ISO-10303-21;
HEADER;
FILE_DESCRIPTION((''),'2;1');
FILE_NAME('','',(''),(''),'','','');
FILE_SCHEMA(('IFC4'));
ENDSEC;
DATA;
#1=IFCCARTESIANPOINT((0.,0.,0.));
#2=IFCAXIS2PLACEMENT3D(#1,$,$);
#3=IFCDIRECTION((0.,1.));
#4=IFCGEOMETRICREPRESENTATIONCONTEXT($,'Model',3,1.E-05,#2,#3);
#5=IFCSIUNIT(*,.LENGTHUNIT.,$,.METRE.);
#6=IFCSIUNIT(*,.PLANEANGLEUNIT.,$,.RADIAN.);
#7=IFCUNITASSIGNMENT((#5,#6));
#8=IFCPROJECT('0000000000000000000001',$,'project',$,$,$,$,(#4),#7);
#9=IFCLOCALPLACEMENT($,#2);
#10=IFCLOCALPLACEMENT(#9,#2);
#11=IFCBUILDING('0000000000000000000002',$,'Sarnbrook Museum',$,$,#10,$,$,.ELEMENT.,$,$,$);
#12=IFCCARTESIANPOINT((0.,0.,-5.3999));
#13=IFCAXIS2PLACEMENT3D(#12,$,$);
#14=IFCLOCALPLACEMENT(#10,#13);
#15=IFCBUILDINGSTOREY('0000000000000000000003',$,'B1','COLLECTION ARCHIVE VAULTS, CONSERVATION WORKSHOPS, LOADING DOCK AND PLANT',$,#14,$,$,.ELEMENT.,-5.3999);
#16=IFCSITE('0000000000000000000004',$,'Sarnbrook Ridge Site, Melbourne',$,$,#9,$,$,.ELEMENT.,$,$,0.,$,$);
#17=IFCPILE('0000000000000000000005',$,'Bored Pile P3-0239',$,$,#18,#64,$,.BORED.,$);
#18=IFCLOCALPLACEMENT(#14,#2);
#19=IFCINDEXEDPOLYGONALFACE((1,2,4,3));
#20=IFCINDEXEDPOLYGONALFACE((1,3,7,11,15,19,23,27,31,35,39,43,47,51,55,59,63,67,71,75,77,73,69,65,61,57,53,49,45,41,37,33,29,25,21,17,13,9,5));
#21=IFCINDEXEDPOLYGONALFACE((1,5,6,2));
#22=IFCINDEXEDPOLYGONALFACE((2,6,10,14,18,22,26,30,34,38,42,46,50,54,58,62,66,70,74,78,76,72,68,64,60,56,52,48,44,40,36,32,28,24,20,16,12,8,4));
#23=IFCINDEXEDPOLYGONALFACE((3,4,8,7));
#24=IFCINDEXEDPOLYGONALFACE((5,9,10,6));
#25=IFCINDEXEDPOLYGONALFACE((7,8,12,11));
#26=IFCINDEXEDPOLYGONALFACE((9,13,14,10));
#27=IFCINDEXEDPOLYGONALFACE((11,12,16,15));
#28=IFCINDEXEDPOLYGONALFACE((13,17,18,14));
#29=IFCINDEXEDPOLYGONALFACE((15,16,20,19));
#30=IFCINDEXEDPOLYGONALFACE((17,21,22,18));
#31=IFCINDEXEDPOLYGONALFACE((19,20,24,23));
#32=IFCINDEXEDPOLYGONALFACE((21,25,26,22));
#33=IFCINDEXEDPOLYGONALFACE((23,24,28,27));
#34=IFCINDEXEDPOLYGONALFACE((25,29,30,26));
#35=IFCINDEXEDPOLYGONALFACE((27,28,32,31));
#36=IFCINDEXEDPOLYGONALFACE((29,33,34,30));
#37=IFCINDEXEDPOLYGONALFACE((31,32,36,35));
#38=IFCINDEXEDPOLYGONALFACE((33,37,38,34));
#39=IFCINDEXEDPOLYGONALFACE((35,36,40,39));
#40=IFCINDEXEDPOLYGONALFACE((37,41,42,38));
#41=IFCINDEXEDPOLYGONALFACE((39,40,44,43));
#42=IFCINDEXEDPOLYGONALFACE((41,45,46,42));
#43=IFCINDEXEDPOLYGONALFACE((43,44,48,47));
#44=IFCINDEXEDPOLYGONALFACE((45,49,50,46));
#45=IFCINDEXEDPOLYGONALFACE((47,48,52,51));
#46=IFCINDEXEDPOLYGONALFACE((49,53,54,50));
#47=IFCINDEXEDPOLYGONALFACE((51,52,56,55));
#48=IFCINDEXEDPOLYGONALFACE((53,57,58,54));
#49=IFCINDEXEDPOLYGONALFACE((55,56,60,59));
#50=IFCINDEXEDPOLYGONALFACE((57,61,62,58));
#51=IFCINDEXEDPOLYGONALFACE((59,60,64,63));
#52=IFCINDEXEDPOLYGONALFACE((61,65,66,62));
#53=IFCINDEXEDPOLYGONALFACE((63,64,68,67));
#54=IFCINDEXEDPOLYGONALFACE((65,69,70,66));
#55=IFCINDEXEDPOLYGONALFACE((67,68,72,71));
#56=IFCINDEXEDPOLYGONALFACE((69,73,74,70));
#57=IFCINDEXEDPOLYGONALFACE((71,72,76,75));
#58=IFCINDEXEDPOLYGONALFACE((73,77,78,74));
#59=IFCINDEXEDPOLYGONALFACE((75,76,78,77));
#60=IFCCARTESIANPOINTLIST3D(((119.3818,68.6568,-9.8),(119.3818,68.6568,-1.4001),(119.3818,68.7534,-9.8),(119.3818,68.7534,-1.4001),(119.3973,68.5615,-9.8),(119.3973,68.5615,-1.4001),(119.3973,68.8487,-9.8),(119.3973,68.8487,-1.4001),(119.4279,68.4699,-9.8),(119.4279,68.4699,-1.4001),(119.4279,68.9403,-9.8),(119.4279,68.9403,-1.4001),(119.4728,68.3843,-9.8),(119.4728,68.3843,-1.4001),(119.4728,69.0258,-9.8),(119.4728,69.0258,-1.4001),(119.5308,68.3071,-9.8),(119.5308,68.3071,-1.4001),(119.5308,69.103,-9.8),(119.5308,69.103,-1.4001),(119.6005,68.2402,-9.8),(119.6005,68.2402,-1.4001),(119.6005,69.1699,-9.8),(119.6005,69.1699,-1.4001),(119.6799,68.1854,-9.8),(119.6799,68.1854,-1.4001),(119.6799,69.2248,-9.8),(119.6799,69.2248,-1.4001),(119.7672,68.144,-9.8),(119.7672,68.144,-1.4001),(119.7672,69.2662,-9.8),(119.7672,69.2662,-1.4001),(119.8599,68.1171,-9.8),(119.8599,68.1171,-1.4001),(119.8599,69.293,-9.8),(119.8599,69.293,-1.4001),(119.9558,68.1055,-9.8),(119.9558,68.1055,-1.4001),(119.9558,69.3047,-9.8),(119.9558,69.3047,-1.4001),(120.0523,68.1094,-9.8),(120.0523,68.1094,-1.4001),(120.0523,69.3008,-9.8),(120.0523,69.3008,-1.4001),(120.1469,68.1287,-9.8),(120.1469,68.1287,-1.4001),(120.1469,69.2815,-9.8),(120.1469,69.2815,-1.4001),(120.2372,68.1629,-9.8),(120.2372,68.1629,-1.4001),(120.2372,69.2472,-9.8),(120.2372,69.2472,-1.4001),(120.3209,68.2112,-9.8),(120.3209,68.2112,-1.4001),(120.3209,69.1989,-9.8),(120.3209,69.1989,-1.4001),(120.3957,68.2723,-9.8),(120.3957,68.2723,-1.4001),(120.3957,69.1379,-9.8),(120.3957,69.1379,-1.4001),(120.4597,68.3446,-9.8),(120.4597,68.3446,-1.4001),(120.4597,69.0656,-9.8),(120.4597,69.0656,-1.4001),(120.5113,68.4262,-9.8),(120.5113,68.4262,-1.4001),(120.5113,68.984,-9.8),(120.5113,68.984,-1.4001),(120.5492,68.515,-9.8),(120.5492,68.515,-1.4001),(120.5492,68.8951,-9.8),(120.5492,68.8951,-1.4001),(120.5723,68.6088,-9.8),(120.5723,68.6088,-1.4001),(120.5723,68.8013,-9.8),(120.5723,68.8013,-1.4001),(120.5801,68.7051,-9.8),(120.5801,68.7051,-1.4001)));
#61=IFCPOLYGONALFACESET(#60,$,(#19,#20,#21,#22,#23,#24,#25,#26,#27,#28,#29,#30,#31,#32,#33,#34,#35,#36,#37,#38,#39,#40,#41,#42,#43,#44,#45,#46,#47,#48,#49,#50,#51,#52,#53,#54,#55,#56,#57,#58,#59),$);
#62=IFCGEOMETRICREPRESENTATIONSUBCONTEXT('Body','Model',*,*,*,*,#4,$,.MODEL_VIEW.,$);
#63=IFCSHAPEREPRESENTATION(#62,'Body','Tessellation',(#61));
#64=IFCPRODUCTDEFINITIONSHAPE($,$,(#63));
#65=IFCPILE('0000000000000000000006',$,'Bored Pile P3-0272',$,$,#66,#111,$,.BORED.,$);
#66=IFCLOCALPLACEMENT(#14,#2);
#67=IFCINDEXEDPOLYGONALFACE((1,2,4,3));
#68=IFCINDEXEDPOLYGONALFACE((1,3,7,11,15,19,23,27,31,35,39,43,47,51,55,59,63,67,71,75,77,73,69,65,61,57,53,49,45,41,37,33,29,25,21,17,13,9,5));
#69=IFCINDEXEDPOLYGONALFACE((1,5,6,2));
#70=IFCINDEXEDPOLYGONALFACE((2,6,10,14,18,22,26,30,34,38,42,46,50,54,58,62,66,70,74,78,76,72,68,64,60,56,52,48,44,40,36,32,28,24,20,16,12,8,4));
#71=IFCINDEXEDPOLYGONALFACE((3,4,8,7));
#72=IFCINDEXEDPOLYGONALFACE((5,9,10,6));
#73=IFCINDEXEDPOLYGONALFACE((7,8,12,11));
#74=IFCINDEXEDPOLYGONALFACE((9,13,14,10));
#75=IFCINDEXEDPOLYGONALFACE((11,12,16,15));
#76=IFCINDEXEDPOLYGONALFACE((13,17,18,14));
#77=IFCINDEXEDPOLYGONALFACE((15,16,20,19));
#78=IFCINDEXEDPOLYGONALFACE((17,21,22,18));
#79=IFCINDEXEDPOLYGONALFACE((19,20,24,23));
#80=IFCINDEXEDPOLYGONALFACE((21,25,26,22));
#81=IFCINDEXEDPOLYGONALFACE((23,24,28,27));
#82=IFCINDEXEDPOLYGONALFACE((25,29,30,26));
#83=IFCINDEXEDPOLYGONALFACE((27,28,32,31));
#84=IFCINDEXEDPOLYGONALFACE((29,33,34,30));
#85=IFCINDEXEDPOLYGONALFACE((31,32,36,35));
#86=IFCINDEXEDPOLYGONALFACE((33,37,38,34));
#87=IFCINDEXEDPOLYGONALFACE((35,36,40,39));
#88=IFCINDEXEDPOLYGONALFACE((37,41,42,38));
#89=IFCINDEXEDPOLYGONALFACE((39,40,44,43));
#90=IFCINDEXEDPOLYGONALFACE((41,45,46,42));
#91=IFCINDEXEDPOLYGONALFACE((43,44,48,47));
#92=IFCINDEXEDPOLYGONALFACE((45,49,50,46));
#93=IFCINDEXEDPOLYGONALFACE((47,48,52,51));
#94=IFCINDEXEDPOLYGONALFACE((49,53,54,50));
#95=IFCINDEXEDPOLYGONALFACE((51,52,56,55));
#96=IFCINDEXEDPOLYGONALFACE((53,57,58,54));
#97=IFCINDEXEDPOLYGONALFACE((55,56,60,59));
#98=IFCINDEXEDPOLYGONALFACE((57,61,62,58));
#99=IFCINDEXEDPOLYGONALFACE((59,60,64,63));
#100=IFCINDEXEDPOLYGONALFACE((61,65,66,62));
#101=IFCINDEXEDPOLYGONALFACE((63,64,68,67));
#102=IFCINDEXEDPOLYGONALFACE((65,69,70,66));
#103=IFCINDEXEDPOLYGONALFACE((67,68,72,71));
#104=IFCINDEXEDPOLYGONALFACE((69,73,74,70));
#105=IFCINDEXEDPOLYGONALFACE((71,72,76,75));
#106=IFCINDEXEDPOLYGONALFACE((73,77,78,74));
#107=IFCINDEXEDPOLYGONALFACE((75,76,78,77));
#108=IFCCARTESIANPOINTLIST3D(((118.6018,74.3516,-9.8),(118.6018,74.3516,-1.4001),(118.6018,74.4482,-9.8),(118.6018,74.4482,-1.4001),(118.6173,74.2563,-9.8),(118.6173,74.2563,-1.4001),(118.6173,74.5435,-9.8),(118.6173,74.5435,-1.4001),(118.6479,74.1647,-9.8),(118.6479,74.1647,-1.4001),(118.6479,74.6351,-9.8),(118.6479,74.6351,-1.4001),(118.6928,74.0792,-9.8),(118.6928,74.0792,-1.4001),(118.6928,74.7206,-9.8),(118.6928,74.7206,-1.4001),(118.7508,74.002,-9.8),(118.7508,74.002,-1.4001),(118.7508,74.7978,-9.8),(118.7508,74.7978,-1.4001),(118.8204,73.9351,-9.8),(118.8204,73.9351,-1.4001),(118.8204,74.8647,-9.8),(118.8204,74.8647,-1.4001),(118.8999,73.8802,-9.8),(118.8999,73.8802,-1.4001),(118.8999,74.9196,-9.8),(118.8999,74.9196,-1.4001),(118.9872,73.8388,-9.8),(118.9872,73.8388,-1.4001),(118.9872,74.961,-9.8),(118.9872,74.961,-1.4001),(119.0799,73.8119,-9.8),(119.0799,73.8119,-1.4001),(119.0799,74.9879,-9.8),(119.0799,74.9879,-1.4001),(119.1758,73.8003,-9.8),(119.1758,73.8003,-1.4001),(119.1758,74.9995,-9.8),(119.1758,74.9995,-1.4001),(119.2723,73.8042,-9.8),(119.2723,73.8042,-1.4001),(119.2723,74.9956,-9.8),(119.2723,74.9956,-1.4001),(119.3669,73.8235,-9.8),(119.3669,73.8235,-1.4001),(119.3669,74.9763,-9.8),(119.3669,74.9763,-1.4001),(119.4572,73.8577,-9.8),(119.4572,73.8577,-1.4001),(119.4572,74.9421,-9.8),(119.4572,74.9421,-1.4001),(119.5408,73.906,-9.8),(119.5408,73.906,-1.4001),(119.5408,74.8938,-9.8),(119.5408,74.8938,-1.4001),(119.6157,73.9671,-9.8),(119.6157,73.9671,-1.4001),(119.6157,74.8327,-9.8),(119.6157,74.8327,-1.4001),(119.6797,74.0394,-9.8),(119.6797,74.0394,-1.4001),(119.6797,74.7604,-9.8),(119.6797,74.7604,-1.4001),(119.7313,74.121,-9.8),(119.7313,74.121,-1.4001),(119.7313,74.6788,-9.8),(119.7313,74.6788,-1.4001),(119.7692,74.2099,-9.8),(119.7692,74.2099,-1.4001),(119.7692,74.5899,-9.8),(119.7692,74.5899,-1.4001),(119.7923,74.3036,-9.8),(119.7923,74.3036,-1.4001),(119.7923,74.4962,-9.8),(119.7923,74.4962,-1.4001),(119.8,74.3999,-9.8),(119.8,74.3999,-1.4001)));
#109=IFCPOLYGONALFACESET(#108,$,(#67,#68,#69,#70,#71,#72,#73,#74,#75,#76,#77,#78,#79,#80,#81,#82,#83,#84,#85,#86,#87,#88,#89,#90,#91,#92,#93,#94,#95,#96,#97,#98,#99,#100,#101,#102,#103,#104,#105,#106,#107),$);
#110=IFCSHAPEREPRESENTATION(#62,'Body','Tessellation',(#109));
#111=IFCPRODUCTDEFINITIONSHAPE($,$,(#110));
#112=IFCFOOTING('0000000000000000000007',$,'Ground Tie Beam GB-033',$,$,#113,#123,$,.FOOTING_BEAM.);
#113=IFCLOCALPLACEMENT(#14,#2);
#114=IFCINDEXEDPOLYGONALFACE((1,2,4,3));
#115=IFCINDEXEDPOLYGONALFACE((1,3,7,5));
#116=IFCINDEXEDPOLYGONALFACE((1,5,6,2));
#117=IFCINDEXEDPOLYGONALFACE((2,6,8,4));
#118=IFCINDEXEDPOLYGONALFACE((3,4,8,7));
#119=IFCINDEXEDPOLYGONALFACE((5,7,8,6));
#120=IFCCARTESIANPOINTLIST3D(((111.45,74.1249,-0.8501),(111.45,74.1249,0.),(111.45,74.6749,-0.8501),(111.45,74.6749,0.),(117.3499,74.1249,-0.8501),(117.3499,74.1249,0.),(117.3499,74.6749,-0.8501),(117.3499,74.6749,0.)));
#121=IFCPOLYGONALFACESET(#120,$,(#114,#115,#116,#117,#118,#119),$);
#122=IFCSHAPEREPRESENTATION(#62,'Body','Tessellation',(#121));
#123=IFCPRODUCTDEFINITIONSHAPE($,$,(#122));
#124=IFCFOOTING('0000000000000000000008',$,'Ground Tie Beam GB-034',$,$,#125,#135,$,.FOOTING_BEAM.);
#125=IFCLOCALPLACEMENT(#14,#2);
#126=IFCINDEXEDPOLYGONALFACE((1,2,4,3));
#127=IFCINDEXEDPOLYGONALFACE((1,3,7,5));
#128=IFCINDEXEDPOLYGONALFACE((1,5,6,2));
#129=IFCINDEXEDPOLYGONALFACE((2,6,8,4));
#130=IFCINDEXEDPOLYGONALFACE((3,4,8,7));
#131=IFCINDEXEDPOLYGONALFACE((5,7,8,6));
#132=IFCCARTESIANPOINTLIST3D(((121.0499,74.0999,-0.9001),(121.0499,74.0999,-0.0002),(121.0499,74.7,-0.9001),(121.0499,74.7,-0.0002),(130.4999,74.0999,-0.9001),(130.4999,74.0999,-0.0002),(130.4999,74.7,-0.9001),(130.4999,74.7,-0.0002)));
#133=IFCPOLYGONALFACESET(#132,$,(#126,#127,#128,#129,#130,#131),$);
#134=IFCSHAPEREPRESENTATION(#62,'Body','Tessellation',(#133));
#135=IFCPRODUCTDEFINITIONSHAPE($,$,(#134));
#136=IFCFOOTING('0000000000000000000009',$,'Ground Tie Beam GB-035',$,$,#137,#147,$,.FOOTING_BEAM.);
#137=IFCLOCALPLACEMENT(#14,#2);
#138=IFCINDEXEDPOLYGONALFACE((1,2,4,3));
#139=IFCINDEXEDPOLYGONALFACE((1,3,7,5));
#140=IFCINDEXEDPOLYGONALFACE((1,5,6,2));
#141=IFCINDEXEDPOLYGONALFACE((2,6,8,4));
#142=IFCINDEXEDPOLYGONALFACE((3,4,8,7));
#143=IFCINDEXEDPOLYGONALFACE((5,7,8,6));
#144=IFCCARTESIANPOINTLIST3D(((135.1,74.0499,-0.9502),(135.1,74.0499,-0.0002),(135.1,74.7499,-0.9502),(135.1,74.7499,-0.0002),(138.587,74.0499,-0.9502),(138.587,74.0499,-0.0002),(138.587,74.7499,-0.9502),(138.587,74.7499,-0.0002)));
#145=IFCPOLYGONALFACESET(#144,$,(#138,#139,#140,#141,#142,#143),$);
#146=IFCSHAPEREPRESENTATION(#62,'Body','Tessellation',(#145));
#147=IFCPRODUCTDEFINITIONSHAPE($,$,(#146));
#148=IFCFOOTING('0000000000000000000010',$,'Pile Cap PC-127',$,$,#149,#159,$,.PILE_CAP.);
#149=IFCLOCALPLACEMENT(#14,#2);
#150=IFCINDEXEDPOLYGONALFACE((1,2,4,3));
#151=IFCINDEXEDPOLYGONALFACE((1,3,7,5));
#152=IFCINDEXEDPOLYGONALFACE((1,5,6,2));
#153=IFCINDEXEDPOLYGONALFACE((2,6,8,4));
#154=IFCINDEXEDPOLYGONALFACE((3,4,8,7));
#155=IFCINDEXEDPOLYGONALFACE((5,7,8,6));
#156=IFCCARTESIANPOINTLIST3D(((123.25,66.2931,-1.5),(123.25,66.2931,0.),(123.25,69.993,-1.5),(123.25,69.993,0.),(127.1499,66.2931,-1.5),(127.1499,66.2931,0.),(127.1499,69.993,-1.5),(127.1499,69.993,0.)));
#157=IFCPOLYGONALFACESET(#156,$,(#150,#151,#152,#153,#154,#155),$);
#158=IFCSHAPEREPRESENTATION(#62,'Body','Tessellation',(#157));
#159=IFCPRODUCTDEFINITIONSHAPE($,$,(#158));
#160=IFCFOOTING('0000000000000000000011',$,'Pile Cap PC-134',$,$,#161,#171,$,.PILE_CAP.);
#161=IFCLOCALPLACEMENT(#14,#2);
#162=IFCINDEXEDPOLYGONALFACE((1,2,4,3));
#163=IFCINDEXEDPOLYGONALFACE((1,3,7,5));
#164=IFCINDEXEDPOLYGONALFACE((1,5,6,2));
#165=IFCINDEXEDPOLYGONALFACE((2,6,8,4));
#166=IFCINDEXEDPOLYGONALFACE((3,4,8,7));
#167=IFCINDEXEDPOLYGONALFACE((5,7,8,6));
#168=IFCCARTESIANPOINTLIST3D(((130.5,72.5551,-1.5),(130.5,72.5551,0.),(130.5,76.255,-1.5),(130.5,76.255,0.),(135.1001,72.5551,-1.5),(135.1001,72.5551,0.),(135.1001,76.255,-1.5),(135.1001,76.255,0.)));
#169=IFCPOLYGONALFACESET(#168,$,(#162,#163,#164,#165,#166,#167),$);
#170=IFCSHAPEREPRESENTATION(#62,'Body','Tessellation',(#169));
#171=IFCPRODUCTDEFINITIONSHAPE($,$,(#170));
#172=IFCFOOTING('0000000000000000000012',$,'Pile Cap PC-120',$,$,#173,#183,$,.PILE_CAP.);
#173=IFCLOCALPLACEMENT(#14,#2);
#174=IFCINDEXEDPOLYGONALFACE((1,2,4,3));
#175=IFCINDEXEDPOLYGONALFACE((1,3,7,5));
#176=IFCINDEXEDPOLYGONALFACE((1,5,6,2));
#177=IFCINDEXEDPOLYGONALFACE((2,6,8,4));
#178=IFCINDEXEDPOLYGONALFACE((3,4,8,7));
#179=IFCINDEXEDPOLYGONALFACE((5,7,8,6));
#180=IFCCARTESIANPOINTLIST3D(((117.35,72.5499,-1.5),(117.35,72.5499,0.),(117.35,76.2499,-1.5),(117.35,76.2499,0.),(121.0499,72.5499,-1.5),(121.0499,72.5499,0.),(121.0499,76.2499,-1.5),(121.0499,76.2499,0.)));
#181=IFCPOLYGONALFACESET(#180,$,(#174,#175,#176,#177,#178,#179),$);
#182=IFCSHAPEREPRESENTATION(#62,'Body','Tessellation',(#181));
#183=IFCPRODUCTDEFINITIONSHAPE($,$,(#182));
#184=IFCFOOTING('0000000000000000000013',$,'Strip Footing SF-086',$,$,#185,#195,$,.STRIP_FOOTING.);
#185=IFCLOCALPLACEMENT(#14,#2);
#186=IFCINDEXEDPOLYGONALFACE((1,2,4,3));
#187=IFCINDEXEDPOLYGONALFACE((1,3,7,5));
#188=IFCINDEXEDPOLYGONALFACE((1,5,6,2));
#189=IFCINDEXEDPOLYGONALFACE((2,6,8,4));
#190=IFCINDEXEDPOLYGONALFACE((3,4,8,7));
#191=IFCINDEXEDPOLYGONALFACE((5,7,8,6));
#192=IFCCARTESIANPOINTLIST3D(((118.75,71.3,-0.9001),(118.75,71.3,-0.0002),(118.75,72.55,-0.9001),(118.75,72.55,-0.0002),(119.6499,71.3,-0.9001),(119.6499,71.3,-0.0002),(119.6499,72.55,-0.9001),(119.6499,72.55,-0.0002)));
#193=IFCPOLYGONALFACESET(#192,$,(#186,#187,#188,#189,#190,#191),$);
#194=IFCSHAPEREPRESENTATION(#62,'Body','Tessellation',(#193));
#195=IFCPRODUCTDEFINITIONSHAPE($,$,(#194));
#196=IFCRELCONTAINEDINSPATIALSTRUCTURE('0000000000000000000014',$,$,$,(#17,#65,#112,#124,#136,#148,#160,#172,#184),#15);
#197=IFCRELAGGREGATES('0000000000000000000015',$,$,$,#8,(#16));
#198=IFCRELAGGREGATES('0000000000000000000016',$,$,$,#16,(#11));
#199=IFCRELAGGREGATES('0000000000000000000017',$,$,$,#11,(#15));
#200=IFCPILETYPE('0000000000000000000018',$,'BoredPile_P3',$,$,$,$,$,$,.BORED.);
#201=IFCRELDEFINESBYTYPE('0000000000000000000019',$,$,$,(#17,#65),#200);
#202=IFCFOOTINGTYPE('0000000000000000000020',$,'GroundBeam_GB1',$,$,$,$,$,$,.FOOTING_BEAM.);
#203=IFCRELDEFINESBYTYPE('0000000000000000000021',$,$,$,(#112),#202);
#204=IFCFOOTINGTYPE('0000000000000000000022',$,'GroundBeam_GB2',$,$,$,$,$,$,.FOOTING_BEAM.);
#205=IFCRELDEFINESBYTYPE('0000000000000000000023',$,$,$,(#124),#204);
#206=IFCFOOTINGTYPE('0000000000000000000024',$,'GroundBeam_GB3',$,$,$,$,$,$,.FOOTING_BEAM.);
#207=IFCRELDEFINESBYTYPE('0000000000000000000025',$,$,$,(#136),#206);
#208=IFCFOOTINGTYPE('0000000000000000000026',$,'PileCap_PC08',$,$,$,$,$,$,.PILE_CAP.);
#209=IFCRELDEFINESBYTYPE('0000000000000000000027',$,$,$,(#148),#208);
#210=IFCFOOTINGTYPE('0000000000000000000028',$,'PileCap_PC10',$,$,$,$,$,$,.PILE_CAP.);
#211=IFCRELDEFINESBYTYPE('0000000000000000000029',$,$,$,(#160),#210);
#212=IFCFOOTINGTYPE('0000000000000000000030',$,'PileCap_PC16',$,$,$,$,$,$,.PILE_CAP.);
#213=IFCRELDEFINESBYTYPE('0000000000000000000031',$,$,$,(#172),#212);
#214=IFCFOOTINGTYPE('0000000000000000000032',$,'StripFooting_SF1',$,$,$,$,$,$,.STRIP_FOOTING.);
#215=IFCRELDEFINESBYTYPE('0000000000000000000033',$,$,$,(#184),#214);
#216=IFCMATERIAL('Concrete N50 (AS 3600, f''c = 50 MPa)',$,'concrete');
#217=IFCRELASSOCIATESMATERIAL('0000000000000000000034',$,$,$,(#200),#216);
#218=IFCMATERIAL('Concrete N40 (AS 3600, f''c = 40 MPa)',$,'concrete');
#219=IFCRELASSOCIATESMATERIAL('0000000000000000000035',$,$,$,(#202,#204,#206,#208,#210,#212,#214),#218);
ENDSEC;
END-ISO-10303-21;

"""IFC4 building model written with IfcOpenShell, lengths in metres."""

from ifc_helpers import new_model, si_unit, direction, frame, origin, origin_2d, place, context, subcontext, project, spatial, rectangle, circle, extrude, material, material_profile, profile_set, type_object, element, save


model = new_model("IFC4")

# Units and contexts
model_context = context("Model", 3, precision=1e-05, world=origin(), true_north=direction((0.0, 1.0)))
body_context = subcontext(model_context, "Body", "Model", "MODEL_VIEW")
ifc_project = project(units=[si_unit("LENGTHUNIT", "METRE"), si_unit("PLANEANGLEUNIT", "RADIAN")], contexts=[model_context])

# Site, building, storey
site_placement = place(None, origin())
site = spatial("IfcSite", under=ifc_project, at=site_placement, Name="Sarnbrook Ridge Site, Melbourne", CompositionType="ELEMENT", RefElevation=0.0)
building_placement = place(site_placement, origin())
building = spatial("IfcBuilding", under=site, at=building_placement, Name="Sarnbrook Museum", CompositionType="ELEMENT")
storey_placement = place(building_placement, frame((0.0, 0.0, -5.3999)))
storey = spatial("IfcBuildingStorey", under=building, at=storey_placement, Name="B1", Description="COLLECTION ARCHIVE VAULTS, CONSERVATION WORKSHOPS, LOADING DOCK AND PLANT", CompositionType="ELEMENT", Elevation=-5.3999)

# Piles
ifc_material_1 = material(Name="Concrete N50 (AS 3600, f'c = 50 MPa)", Category="concrete")
ifc_material_profile_1 = material_profile(ifc_material_1, circle(Radius=0.6001, at=origin_2d()), Name="BORED PILE D1200")
ifc_profile_set_1 = profile_set([ifc_material_profile_1], Name="Concrete N50 (AS 3600, f'c = 50 MPa)")
pile_type_1 = type_object("IfcPileType", Name="BoredPile_P3", PredefinedType="BORED", material=ifc_profile_set_1)
for number, where, z_axis, x_axis, name in (
    (1, (119.98, 68.7051, -1.4001), (0.0, 0.0, -1.0), (1.0, 0.0, 0.0), "Bored Pile P3-0239"),
    (2, (119.2, 74.3999, -1.4001), (0.0, 0.0, -1.0), (1.0, 0.0, 0.0), "Bored Pile P3-0272"),
):
    element("IfcPile", number, at=place(storey_placement, frame(where, z_axis=z_axis, x_axis=x_axis)), inside=storey, type_object=pile_type_1, Name=name, PredefinedType="BORED", context=body_context, shape_type="SweptSolid", body=[
        extrude(circle(Radius=0.6001, at=origin_2d()), origin(), (0.0, 0.0, 1.0), 8.3999),
    ])

# Footings
ifc_material_2 = material(Name="Concrete N40 (AS 3600, f'c = 40 MPa)", Category="concrete")
footing_type_1 = type_object("IfcFootingType", Name="GroundBeam_GB1", PredefinedType="FOOTING_BEAM", material=ifc_material_2)
footing_1_placement = place(storey_placement, frame((114.3999, 74.3999, -0.8501), z_axis=(0.0, 0.0, 1.0), x_axis=(1.0, 0.0, 0.0)))
element("IfcFooting", 3, at=footing_1_placement, inside=storey, type_object=footing_type_1, Name="Ground Tie Beam GB-033", PredefinedType="FOOTING_BEAM", context=body_context, shape_type="SweptSolid", body=[
    extrude(rectangle(XDim=5.8999, YDim=0.55, at=origin_2d()), origin(), (0.0, 0.0, 1.0), 0.8501),
])
footing_type_2 = type_object("IfcFootingType", Name="GroundBeam_GB2", PredefinedType="FOOTING_BEAM", material=ifc_material_2)
footing_2_placement = place(storey_placement, frame((125.7749, 74.3999, -0.9001), z_axis=(0.0, 0.0, 1.0), x_axis=(1.0, 0.0, 0.0)))
element("IfcFooting", 4, at=footing_2_placement, inside=storey, type_object=footing_type_2, Name="Ground Tie Beam GB-034", PredefinedType="FOOTING_BEAM", context=body_context, shape_type="SweptSolid", body=[
    extrude(rectangle(XDim=9.45, YDim=0.6001, at=origin_2d()), origin(), (0.0, 0.0, 1.0), 0.8999),
])
footing_type_3 = type_object("IfcFootingType", Name="GroundBeam_GB3", PredefinedType="FOOTING_BEAM", material=ifc_material_2)
footing_3_placement = place(storey_placement, frame((136.8435, 74.3999, -0.9502), z_axis=(0.0, 0.0, 1.0), x_axis=(1.0, 0.0, 0.0)))
element("IfcFooting", 5, at=footing_3_placement, inside=storey, type_object=footing_type_3, Name="Ground Tie Beam GB-035", PredefinedType="FOOTING_BEAM", context=body_context, shape_type="SweptSolid", body=[
    extrude(rectangle(XDim=3.4871, YDim=0.7, at=origin_2d()), origin(), (0.0, 0.0, 1.0), 0.95),
])
footing_type_4 = type_object("IfcFootingType", Name="PileCap_PC08", PredefinedType="PILE_CAP", material=ifc_material_2)
footing_4_placement = place(storey_placement, frame((125.2, 68.1431, -1.5), z_axis=(0.0, 0.0, 1.0), x_axis=(1.0, 0.0, 0.0)))
element("IfcFooting", 6, at=footing_4_placement, inside=storey, type_object=footing_type_4, Name="Pile Cap PC-127", PredefinedType="PILE_CAP", context=body_context, shape_type="SweptSolid", body=[
    extrude(rectangle(XDim=3.8999, YDim=3.7, at=origin_2d()), origin(), (0.0, 0.0, 1.0), 1.5),
])
footing_type_5 = type_object("IfcFootingType", Name="PileCap_PC10", PredefinedType="PILE_CAP", material=ifc_material_2)
footing_5_placement = place(storey_placement, frame((132.8, 74.405, -1.5), z_axis=(0.0, 0.0, 1.0), x_axis=(1.0, 0.0, 0.0)))
element("IfcFooting", 7, at=footing_5_placement, inside=storey, type_object=footing_type_5, Name="Pile Cap PC-134", PredefinedType="PILE_CAP", context=body_context, shape_type="SweptSolid", body=[
    extrude(rectangle(XDim=4.6001, YDim=3.7, at=origin_2d()), origin(), (0.0, 0.0, 1.0), 1.5),
])
footing_type_6 = type_object("IfcFootingType", Name="PileCap_PC16", PredefinedType="PILE_CAP", material=ifc_material_2)
footing_6_placement = place(storey_placement, frame((119.2, 74.3999, -1.5), z_axis=(0.0, 0.0, 1.0), x_axis=(1.0, 0.0, 0.0)))
element("IfcFooting", 8, at=footing_6_placement, inside=storey, type_object=footing_type_6, Name="Pile Cap PC-120", PredefinedType="PILE_CAP", context=body_context, shape_type="SweptSolid", body=[
    extrude(rectangle(XDim=3.7, YDim=3.7, at=origin_2d()), origin(), (0.0, 0.0, 1.0), 1.5),
])
footing_type_7 = type_object("IfcFootingType", Name="StripFooting_SF1", PredefinedType="STRIP_FOOTING", material=ifc_material_2)
footing_7_placement = place(storey_placement, frame((119.2, 71.925, -0.9001), z_axis=(0.0, 0.0, 1.0), x_axis=(1.0, 0.0, 0.0)))
element("IfcFooting", 9, at=footing_7_placement, inside=storey, type_object=footing_type_7, Name="Strip Footing SF-086", PredefinedType="STRIP_FOOTING", context=body_context, shape_type="SweptSolid", body=[
    extrude(rectangle(XDim=0.8999, YDim=1.25, at=origin_2d()), origin(), (0.0, 0.0, 1.0), 0.8999),
])

save(model, "model.ifc")
